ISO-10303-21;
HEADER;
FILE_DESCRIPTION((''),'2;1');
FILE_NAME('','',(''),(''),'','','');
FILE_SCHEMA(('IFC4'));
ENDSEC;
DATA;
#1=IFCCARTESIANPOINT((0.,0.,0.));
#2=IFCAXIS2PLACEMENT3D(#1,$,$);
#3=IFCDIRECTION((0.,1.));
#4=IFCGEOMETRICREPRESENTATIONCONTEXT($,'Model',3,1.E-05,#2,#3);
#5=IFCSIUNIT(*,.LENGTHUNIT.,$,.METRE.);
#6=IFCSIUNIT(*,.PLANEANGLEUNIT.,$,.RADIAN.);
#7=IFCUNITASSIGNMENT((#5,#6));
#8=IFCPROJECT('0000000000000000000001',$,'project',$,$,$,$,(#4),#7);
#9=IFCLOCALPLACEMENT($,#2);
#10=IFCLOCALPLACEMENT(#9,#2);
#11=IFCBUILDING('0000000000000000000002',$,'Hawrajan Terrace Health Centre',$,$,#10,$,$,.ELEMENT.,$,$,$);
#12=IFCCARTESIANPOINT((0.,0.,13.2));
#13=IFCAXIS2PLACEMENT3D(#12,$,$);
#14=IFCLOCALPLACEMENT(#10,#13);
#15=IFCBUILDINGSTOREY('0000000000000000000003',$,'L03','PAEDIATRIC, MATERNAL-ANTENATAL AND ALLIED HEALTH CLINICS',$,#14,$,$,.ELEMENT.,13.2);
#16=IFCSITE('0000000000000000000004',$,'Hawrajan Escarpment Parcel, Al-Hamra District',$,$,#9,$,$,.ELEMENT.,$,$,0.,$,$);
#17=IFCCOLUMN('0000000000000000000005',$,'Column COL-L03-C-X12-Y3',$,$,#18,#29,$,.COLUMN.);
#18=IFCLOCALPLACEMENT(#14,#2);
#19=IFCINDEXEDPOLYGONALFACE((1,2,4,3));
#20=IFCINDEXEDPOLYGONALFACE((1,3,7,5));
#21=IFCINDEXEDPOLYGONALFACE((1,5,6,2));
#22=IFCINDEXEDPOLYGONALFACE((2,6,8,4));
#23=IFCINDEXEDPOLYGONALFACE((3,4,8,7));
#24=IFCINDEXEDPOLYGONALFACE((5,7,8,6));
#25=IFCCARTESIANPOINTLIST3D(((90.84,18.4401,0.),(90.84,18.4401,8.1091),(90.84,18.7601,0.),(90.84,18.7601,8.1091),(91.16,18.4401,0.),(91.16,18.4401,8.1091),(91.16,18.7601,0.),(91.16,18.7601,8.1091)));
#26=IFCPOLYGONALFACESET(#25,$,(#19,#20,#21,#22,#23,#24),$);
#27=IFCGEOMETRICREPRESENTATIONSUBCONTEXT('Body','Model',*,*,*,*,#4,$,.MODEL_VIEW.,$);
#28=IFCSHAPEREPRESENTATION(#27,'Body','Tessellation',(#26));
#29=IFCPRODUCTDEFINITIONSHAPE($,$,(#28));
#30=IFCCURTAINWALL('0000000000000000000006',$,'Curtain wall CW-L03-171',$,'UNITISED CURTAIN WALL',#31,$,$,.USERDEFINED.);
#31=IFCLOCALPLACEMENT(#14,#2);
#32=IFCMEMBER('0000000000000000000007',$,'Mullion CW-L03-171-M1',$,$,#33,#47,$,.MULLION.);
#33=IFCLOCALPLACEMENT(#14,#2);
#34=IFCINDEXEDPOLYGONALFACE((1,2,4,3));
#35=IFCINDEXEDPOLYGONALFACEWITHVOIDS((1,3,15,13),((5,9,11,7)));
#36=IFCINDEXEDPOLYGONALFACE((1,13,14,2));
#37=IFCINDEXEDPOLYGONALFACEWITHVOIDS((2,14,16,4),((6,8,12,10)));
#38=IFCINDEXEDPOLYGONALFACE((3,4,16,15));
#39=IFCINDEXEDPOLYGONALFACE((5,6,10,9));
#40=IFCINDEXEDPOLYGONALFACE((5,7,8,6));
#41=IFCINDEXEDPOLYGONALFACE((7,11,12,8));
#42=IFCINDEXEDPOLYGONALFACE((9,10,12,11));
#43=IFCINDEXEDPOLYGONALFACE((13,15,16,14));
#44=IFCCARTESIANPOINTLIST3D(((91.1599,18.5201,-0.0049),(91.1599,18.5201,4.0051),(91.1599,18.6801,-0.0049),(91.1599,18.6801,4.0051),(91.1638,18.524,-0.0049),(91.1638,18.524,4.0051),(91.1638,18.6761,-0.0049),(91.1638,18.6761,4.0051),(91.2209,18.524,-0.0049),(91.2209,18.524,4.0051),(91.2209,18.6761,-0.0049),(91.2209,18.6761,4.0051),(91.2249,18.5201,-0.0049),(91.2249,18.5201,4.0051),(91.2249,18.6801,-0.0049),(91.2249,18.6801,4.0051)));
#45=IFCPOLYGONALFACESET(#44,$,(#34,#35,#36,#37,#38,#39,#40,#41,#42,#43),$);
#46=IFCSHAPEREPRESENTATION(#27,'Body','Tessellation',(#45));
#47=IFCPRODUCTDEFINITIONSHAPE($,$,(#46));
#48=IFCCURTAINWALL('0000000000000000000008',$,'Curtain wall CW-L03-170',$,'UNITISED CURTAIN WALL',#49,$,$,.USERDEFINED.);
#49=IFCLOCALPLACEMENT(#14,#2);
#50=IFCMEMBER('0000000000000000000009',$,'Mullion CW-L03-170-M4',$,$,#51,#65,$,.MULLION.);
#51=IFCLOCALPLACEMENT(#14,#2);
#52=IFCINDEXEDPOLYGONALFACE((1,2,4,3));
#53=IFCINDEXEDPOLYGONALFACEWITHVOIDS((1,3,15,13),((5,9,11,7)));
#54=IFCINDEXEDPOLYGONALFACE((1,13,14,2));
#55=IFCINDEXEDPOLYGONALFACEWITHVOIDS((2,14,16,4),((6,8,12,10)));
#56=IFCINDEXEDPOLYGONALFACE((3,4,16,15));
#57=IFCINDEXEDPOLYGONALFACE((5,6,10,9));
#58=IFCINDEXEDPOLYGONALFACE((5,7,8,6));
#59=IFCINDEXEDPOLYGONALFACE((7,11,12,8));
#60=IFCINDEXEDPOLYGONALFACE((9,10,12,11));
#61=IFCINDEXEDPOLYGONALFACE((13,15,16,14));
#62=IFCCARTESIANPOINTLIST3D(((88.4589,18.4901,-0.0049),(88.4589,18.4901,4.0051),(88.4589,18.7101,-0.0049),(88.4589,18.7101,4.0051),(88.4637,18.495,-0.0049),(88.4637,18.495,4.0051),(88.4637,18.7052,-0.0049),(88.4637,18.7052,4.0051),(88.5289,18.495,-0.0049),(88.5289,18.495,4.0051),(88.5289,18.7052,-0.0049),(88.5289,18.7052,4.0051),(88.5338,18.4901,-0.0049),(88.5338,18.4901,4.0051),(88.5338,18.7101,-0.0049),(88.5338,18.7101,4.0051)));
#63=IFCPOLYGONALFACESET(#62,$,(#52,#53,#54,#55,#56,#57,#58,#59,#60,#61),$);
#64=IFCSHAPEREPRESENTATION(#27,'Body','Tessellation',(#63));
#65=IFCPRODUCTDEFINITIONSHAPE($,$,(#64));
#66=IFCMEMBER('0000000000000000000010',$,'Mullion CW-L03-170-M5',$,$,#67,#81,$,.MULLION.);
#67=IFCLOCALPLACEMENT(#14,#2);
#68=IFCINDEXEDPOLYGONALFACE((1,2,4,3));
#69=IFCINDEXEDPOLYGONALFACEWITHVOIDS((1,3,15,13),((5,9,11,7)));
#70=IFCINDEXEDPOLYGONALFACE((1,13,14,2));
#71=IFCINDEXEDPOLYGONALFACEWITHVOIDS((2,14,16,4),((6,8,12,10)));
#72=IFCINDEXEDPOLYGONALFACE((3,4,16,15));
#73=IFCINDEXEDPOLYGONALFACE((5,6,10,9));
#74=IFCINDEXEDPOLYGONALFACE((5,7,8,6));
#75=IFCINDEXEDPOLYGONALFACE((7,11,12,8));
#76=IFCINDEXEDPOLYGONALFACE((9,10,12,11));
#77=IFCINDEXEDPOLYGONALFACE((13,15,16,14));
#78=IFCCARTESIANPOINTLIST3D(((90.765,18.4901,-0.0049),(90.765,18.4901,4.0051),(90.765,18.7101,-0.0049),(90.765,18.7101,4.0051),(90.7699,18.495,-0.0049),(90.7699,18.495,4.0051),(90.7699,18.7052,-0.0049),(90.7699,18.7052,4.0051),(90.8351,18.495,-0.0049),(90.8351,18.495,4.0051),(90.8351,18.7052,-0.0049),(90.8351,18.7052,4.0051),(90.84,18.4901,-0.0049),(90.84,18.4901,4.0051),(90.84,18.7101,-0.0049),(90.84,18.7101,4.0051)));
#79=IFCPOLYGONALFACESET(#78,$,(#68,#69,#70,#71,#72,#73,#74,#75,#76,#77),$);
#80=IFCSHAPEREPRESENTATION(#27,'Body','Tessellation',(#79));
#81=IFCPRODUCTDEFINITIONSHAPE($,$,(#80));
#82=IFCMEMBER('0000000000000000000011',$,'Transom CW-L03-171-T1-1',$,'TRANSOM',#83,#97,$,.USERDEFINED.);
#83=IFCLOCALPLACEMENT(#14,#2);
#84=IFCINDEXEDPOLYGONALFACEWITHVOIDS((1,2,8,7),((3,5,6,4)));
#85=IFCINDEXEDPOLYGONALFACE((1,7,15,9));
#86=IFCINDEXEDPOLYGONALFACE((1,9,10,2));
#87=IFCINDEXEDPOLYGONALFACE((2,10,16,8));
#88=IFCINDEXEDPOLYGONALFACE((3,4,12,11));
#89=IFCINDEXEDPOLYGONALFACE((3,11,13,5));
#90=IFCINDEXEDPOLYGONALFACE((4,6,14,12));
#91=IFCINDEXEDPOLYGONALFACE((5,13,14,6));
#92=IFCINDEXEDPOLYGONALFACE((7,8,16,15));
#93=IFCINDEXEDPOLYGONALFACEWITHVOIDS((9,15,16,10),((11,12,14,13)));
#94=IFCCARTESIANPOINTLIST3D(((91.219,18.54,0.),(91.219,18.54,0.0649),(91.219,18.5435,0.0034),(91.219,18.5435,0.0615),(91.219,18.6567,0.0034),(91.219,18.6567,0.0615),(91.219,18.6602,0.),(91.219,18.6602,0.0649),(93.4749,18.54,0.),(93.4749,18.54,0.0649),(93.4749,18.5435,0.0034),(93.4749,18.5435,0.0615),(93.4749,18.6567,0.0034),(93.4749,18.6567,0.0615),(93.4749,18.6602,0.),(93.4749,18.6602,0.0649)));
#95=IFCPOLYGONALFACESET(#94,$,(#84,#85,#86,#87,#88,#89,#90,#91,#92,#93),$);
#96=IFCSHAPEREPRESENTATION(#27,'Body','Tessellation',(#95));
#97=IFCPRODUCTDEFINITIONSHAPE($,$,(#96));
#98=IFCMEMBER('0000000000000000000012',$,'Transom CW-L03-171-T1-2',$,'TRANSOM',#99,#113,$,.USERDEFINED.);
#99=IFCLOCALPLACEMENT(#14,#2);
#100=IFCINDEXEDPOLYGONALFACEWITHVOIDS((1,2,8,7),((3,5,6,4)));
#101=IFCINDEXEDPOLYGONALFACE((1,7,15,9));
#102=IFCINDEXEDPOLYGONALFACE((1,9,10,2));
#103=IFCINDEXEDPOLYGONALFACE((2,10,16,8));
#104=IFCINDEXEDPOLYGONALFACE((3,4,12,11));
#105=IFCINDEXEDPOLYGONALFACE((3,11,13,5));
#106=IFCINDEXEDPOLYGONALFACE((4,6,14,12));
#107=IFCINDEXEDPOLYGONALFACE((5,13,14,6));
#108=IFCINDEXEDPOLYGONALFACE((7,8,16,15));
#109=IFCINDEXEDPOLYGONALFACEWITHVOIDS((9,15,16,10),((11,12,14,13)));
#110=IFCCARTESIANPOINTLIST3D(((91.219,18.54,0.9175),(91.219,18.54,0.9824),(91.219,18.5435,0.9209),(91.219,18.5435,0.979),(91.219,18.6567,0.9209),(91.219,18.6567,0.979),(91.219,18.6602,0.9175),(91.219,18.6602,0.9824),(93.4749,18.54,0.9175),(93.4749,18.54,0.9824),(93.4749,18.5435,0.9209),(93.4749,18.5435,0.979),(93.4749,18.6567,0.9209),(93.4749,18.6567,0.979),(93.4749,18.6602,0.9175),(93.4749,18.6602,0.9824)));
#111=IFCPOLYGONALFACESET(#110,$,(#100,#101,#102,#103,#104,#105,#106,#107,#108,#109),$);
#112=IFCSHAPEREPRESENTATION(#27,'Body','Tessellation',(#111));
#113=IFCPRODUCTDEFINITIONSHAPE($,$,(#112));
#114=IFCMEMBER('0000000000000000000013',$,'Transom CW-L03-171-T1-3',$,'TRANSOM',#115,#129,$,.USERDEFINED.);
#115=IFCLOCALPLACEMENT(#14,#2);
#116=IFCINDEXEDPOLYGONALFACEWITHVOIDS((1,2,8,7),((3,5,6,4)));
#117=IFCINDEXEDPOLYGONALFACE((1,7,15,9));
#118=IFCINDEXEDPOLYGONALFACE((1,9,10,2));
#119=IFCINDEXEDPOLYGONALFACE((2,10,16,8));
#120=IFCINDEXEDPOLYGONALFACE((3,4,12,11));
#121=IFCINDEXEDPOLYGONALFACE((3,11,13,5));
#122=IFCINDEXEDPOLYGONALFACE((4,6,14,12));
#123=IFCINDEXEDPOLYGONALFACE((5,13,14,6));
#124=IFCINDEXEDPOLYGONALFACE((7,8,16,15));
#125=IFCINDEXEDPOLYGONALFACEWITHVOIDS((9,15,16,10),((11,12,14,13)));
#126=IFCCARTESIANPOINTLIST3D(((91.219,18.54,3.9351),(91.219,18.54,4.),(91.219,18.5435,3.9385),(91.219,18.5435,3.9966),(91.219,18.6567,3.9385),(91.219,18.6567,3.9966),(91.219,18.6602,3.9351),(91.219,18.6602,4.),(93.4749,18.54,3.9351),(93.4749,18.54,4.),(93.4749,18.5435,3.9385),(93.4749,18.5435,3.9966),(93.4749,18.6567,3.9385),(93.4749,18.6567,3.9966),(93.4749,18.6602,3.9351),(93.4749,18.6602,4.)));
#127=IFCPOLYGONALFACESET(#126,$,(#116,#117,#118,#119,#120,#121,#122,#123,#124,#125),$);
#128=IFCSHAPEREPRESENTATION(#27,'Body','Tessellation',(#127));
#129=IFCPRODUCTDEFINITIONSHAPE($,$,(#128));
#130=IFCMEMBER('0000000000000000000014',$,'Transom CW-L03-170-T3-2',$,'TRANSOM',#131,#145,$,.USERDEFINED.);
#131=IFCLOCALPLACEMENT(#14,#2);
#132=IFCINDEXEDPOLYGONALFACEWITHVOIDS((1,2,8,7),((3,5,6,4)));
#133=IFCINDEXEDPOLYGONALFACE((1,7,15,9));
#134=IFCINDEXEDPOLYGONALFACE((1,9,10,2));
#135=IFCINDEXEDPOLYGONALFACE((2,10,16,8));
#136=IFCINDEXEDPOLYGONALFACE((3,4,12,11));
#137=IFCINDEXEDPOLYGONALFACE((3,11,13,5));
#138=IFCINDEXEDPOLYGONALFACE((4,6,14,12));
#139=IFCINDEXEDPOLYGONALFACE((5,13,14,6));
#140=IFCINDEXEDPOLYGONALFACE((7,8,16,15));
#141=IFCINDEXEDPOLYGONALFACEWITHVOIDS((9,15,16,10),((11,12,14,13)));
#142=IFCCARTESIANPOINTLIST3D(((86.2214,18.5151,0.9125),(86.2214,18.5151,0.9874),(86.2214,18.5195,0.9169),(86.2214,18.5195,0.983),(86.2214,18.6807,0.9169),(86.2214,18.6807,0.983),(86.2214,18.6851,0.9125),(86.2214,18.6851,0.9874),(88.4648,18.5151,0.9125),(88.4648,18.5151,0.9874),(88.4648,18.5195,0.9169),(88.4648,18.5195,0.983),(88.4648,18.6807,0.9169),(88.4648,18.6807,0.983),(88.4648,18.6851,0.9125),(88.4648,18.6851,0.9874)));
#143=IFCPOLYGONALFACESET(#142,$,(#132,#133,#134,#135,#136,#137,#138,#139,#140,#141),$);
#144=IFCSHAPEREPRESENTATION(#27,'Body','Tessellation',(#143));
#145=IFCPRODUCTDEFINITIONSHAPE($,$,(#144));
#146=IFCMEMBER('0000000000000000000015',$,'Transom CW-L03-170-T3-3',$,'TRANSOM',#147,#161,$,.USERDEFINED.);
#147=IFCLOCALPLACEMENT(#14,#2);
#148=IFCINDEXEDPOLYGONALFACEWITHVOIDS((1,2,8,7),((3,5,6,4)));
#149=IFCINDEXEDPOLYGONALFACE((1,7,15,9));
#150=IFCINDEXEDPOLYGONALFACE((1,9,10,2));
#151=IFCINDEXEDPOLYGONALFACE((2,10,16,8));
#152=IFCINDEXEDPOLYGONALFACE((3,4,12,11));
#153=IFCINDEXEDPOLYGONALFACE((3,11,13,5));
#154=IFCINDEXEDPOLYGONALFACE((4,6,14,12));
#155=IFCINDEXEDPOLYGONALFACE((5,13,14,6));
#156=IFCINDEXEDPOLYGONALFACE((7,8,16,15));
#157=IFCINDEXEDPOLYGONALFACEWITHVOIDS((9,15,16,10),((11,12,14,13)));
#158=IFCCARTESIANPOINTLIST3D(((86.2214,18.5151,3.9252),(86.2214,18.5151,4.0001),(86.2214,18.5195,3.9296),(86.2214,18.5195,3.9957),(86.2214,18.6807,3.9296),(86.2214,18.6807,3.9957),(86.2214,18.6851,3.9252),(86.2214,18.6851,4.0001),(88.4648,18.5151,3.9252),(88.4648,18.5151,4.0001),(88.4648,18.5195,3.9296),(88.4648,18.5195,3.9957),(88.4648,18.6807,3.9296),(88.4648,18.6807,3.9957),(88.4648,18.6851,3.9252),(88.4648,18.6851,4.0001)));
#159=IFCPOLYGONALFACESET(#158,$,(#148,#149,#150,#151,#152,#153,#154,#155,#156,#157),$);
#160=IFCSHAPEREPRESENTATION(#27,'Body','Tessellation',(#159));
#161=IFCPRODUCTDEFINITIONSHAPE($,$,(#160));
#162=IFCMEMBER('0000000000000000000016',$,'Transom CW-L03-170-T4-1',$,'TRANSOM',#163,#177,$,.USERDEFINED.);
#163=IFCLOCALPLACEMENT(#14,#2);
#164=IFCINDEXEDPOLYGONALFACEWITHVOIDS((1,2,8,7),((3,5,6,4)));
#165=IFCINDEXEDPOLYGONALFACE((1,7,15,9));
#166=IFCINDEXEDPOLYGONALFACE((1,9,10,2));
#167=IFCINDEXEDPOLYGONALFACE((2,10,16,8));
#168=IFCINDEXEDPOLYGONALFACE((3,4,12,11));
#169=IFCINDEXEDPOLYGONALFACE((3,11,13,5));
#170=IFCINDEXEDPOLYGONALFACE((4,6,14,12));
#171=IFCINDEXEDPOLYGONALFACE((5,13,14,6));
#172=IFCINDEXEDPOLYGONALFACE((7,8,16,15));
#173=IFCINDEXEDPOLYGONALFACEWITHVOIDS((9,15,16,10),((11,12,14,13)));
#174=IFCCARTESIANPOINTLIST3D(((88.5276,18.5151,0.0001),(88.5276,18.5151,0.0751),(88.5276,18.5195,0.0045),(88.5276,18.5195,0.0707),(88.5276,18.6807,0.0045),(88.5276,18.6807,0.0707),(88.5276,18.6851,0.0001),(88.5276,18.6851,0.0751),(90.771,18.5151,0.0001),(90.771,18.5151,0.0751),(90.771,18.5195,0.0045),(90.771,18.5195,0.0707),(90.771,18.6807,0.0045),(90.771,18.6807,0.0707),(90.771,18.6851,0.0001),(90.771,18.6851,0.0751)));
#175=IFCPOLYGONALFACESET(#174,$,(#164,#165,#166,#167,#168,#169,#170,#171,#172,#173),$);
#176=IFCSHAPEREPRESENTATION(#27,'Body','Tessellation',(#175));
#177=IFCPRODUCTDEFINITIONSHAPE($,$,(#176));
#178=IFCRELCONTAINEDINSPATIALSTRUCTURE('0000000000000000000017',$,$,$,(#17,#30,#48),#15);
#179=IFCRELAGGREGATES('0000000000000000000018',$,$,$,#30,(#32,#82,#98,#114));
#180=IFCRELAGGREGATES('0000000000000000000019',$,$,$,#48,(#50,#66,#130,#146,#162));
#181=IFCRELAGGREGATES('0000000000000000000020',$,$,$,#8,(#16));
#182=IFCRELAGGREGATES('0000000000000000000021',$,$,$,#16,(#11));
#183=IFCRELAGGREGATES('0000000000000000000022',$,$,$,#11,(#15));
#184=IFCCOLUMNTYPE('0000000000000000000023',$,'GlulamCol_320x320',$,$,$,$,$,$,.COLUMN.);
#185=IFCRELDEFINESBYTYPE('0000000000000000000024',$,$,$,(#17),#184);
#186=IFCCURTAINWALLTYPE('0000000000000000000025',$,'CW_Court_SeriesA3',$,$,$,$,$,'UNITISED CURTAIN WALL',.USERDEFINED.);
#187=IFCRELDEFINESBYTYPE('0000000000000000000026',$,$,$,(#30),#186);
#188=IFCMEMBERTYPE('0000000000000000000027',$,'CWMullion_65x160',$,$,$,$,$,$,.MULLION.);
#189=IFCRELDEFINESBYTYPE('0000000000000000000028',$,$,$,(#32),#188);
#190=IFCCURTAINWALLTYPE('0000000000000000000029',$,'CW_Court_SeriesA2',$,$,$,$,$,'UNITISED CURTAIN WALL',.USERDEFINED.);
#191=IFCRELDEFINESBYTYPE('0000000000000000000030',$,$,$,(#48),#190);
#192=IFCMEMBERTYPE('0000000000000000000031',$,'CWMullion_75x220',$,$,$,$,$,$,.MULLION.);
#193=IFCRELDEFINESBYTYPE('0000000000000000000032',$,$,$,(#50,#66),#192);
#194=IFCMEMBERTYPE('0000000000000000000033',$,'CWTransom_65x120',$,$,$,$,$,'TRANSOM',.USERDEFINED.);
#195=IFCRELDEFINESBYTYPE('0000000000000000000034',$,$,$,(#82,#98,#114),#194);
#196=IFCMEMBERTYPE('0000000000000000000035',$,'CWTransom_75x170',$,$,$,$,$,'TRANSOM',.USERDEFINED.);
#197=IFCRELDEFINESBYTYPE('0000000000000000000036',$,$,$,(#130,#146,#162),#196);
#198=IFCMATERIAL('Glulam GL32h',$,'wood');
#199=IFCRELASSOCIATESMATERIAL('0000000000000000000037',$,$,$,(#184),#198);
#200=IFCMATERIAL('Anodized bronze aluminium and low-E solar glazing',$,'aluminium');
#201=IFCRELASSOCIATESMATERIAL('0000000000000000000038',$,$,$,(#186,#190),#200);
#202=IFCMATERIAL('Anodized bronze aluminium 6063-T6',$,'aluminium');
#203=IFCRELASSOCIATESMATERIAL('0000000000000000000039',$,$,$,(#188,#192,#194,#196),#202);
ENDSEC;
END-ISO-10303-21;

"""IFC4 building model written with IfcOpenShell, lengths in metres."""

from ifc_helpers import new_model, si_unit, direction, frame, origin, origin_2d, place, context, subcontext, project, spatial, rectangle, hollow_rectangle, extrude, material, material_profile, profile_set, type_object, element, aggregate, save


model = new_model("IFC4")

# Units and contexts
model_context = context("Model", 3, precision=1e-05, world=origin(), true_north=direction((0.0, 1.0)))
body_context = subcontext(model_context, "Body", "Model", "MODEL_VIEW")
ifc_project = project(units=[si_unit("LENGTHUNIT", "METRE"), si_unit("PLANEANGLEUNIT", "RADIAN")], contexts=[model_context])

# Site, building, storey
site_placement = place(None, origin())
site = spatial("IfcSite", under=ifc_project, at=site_placement, Name="Hawrajan Escarpment Parcel, Al-Hamra District", CompositionType="ELEMENT", RefElevation=0.0)
building_placement = place(site_placement, origin())
building = spatial("IfcBuilding", under=site, at=building_placement, Name="Hawrajan Terrace Health Centre", CompositionType="ELEMENT")
storey_placement = place(building_placement, frame((0.0, 0.0, 13.2)))
storey = spatial("IfcBuildingStorey", under=building, at=storey_placement, Name="L03", Description="PAEDIATRIC, MATERNAL-ANTENATAL AND ALLIED HEALTH CLINICS", CompositionType="ELEMENT", Elevation=13.2)

# Column
ifc_material_1 = material(Name="Glulam GL32h", Category="wood")
ifc_material_profile_1 = material_profile(ifc_material_1, rectangle(XDim=0.3201, YDim=0.3201, at=origin_2d()), Name="GL 320x320")
ifc_profile_set_1 = profile_set([ifc_material_profile_1], Name="Glulam GL32h")
column_type = type_object("IfcColumnType", Name="GlulamCol_320x320", PredefinedType="COLUMN", material=ifc_profile_set_1)
column_placement = place(storey_placement, frame((91.0, 18.6001, 0.0), z_axis=(0.0, 0.0, 1.0), x_axis=(1.0, 0.0, 0.0)))
element("IfcColumn", 1, at=column_placement, inside=storey, type_object=column_type, Name="Column COL-L03-C-X12-Y3", PredefinedType="COLUMN", context=body_context, shape_type="SweptSolid", body=[
    extrude(rectangle(XDim=0.3201, YDim=0.3201, at=origin_2d()), origin(), (0.0, 0.0, 1.0), 8.1091),
])

# Curtain wall, member
ifc_material_2 = material(Name="Anodized bronze aluminium and low-E solar glazing", Category="aluminium")
curtain_wall_type_1 = type_object("IfcCurtainWallType", Name="CW_Court_SeriesA3", ElementType="UNITISED CURTAIN WALL", PredefinedType="USERDEFINED", material=ifc_material_2)
curtain_wall_1_placement = place(storey_placement, origin())
curtain_wall_1 = element("IfcCurtainWall", 2, at=curtain_wall_1_placement, inside=storey, type_object=curtain_wall_type_1, Name="Curtain wall CW-L03-171", ObjectType="UNITISED CURTAIN WALL", PredefinedType="USERDEFINED")
ifc_material_3 = material(Name="Anodized bronze aluminium 6063-T6", Category="aluminium")
ifc_material_profile_2 = material_profile(ifc_material_3, hollow_rectangle(XDim=0.0649, YDim=0.1599, WallThickness=0.0039, at=origin_2d()), Name="CW MUL 65x160")
ifc_profile_set_2 = profile_set([ifc_material_profile_2], Name="Anodized bronze aluminium 6063-T6")
member_type_1 = type_object("IfcMemberType", Name="CWMullion_65x160", PredefinedType="MULLION", material=ifc_profile_set_2)
member_1_placement = place(storey_placement, frame((91.1924, 18.6001, -0.0049), z_axis=(0.0, 0.0, 1.0), x_axis=(1.0, 0.0, 0.0)))
member_1 = element("IfcMember", 3, at=member_1_placement, type_object=member_type_1, Name="Mullion CW-L03-171-M1", PredefinedType="MULLION", context=body_context, shape_type="SweptSolid", body=[
    extrude(hollow_rectangle(XDim=0.0649, YDim=0.1599, WallThickness=0.0039, at=origin_2d()), origin(), (0.0, 0.0, 1.0), 4.01),
])

# Curtain wall, members
curtain_wall_type_2 = type_object("IfcCurtainWallType", Name="CW_Court_SeriesA2", ElementType="UNITISED CURTAIN WALL", PredefinedType="USERDEFINED", material=ifc_material_2)
curtain_wall_2_placement = place(storey_placement, origin())
curtain_wall_2 = element("IfcCurtainWall", 4, at=curtain_wall_2_placement, inside=storey, type_object=curtain_wall_type_2, Name="Curtain wall CW-L03-170", ObjectType="UNITISED CURTAIN WALL", PredefinedType="USERDEFINED")
ifc_material_profile_3 = material_profile(ifc_material_3, hollow_rectangle(XDim=0.075, YDim=0.22, WallThickness=0.0049, at=origin_2d()), Name="CW MUL 75x220")
ifc_profile_set_3 = profile_set([ifc_material_profile_3], Name="Anodized bronze aluminium 6063-T6")
member_type_2 = type_object("IfcMemberType", Name="CWMullion_75x220", PredefinedType="MULLION", material=ifc_profile_set_3)
member_2_placement = place(storey_placement, frame((88.4963, 18.6001, -0.0049), z_axis=(0.0, 0.0, 1.0), x_axis=(1.0, 0.0, 0.0)))
member_2 = element("IfcMember", 5, at=member_2_placement, type_object=member_type_2, Name="Mullion CW-L03-170-M4", PredefinedType="MULLION", context=body_context, shape_type="SweptSolid", body=[
    extrude(hollow_rectangle(XDim=0.075, YDim=0.22, WallThickness=0.0049, at=origin_2d()), origin(), (0.0, 0.0, 1.0), 4.01),
])
member_3_placement = place(storey_placement, frame((90.8025, 18.6001, -0.0049), z_axis=(0.0, 0.0, 1.0), x_axis=(1.0, 0.0, 0.0)))
member_3 = element("IfcMember", 6, at=member_3_placement, type_object=member_type_2, Name="Mullion CW-L03-170-M5", PredefinedType="MULLION", context=body_context, shape_type="SweptSolid", body=[
    extrude(hollow_rectangle(XDim=0.075, YDim=0.22, WallThickness=0.0049, at=origin_2d()), origin(), (0.0, 0.0, 1.0), 4.01),
])

# Members
ifc_material_profile_4 = material_profile(ifc_material_3, hollow_rectangle(XDim=0.0649, YDim=0.1201, WallThickness=0.0034, at=origin_2d()), Name="CW TRN 65x120")
ifc_profile_set_4 = profile_set([ifc_material_profile_4], Name="Anodized bronze aluminium 6063-T6")
member_type_3 = type_object("IfcMemberType", Name="CWTransom_65x120", ElementType="TRANSOM", PredefinedType="USERDEFINED", material=ifc_profile_set_4)
member_4_placement = place(storey_placement, frame((91.219, 18.6001, 0.0325), z_axis=(1.0, 0.0, 0.0), x_axis=(0.0, 0.0, 1.0)))
member_4 = element("IfcMember", 7, at=member_4_placement, type_object=member_type_3, Name="Transom CW-L03-171-T1-1", ObjectType="TRANSOM", PredefinedType="USERDEFINED", context=body_context, shape_type="SweptSolid", body=[
    extrude(hollow_rectangle(XDim=0.0649, YDim=0.1201, WallThickness=0.0034, at=origin_2d()), origin(), (0.0, 0.0, 1.0), 2.2559),
])
member_5_placement = place(storey_placement, frame((91.219, 18.6001, 0.95), z_axis=(1.0, 0.0, 0.0), x_axis=(0.0, 0.0, 1.0)))
member_5 = element("IfcMember", 8, at=member_5_placement, type_object=member_type_3, Name="Transom CW-L03-171-T1-2", ObjectType="TRANSOM", PredefinedType="USERDEFINED", context=body_context, shape_type="SweptSolid", body=[
    extrude(hollow_rectangle(XDim=0.0649, YDim=0.1201, WallThickness=0.0034, at=origin_2d()), origin(), (0.0, 0.0, 1.0), 2.2559),
])
member_6_placement = place(storey_placement, frame((91.219, 18.6001, 3.9675), z_axis=(1.0, 0.0, 0.0), x_axis=(0.0, 0.0, 1.0)))
member_6 = element("IfcMember", 9, at=member_6_placement, type_object=member_type_3, Name="Transom CW-L03-171-T1-3", ObjectType="TRANSOM", PredefinedType="USERDEFINED", context=body_context, shape_type="SweptSolid", body=[
    extrude(hollow_rectangle(XDim=0.0649, YDim=0.1201, WallThickness=0.0034, at=origin_2d()), origin(), (0.0, 0.0, 1.0), 2.2559),
])
aggregate(curtain_wall_1, [member_1, member_4, member_5, member_6])
ifc_material_profile_5 = material_profile(ifc_material_3, hollow_rectangle(XDim=0.075, YDim=0.1699, WallThickness=0.0044, at=origin_2d()), Name="CW TRN 75x170")
ifc_profile_set_5 = profile_set([ifc_material_profile_5], Name="Anodized bronze aluminium 6063-T6")
member_type_4 = type_object("IfcMemberType", Name="CWTransom_75x170", ElementType="TRANSOM", PredefinedType="USERDEFINED", material=ifc_profile_set_5)
member_7_placement = place(storey_placement, frame((86.2214, 18.6001, 0.95), z_axis=(1.0, 0.0, 0.0), x_axis=(0.0, 0.0, 1.0)))
member_7 = element("IfcMember", 10, at=member_7_placement, type_object=member_type_4, Name="Transom CW-L03-170-T3-2", ObjectType="TRANSOM", PredefinedType="USERDEFINED", context=body_context, shape_type="SweptSolid", body=[
    extrude(hollow_rectangle(XDim=0.075, YDim=0.1699, WallThickness=0.0044, at=origin_2d()), origin(), (0.0, 0.0, 1.0), 2.2434),
])
member_8_placement = place(storey_placement, frame((86.2214, 18.6001, 3.9626), z_axis=(1.0, 0.0, 0.0), x_axis=(0.0, 0.0, 1.0)))
member_8 = element("IfcMember", 11, at=member_8_placement, type_object=member_type_4, Name="Transom CW-L03-170-T3-3", ObjectType="TRANSOM", PredefinedType="USERDEFINED", context=body_context, shape_type="SweptSolid", body=[
    extrude(hollow_rectangle(XDim=0.075, YDim=0.1699, WallThickness=0.0044, at=origin_2d()), origin(), (0.0, 0.0, 1.0), 2.2434),
])
member_9_placement = place(storey_placement, frame((88.5276, 18.6001, 0.0376), z_axis=(1.0, 0.0, 0.0), x_axis=(0.0, 0.0, 1.0)))
member_9 = element("IfcMember", 12, at=member_9_placement, type_object=member_type_4, Name="Transom CW-L03-170-T4-1", ObjectType="TRANSOM", PredefinedType="USERDEFINED", context=body_context, shape_type="SweptSolid", body=[
    extrude(hollow_rectangle(XDim=0.075, YDim=0.1699, WallThickness=0.0044, at=origin_2d()), origin(), (0.0, 0.0, 1.0), 2.2434),
])

aggregate(curtain_wall_2, [member_2, member_3, member_7, member_8, member_9])

save(model, "model.ifc")
